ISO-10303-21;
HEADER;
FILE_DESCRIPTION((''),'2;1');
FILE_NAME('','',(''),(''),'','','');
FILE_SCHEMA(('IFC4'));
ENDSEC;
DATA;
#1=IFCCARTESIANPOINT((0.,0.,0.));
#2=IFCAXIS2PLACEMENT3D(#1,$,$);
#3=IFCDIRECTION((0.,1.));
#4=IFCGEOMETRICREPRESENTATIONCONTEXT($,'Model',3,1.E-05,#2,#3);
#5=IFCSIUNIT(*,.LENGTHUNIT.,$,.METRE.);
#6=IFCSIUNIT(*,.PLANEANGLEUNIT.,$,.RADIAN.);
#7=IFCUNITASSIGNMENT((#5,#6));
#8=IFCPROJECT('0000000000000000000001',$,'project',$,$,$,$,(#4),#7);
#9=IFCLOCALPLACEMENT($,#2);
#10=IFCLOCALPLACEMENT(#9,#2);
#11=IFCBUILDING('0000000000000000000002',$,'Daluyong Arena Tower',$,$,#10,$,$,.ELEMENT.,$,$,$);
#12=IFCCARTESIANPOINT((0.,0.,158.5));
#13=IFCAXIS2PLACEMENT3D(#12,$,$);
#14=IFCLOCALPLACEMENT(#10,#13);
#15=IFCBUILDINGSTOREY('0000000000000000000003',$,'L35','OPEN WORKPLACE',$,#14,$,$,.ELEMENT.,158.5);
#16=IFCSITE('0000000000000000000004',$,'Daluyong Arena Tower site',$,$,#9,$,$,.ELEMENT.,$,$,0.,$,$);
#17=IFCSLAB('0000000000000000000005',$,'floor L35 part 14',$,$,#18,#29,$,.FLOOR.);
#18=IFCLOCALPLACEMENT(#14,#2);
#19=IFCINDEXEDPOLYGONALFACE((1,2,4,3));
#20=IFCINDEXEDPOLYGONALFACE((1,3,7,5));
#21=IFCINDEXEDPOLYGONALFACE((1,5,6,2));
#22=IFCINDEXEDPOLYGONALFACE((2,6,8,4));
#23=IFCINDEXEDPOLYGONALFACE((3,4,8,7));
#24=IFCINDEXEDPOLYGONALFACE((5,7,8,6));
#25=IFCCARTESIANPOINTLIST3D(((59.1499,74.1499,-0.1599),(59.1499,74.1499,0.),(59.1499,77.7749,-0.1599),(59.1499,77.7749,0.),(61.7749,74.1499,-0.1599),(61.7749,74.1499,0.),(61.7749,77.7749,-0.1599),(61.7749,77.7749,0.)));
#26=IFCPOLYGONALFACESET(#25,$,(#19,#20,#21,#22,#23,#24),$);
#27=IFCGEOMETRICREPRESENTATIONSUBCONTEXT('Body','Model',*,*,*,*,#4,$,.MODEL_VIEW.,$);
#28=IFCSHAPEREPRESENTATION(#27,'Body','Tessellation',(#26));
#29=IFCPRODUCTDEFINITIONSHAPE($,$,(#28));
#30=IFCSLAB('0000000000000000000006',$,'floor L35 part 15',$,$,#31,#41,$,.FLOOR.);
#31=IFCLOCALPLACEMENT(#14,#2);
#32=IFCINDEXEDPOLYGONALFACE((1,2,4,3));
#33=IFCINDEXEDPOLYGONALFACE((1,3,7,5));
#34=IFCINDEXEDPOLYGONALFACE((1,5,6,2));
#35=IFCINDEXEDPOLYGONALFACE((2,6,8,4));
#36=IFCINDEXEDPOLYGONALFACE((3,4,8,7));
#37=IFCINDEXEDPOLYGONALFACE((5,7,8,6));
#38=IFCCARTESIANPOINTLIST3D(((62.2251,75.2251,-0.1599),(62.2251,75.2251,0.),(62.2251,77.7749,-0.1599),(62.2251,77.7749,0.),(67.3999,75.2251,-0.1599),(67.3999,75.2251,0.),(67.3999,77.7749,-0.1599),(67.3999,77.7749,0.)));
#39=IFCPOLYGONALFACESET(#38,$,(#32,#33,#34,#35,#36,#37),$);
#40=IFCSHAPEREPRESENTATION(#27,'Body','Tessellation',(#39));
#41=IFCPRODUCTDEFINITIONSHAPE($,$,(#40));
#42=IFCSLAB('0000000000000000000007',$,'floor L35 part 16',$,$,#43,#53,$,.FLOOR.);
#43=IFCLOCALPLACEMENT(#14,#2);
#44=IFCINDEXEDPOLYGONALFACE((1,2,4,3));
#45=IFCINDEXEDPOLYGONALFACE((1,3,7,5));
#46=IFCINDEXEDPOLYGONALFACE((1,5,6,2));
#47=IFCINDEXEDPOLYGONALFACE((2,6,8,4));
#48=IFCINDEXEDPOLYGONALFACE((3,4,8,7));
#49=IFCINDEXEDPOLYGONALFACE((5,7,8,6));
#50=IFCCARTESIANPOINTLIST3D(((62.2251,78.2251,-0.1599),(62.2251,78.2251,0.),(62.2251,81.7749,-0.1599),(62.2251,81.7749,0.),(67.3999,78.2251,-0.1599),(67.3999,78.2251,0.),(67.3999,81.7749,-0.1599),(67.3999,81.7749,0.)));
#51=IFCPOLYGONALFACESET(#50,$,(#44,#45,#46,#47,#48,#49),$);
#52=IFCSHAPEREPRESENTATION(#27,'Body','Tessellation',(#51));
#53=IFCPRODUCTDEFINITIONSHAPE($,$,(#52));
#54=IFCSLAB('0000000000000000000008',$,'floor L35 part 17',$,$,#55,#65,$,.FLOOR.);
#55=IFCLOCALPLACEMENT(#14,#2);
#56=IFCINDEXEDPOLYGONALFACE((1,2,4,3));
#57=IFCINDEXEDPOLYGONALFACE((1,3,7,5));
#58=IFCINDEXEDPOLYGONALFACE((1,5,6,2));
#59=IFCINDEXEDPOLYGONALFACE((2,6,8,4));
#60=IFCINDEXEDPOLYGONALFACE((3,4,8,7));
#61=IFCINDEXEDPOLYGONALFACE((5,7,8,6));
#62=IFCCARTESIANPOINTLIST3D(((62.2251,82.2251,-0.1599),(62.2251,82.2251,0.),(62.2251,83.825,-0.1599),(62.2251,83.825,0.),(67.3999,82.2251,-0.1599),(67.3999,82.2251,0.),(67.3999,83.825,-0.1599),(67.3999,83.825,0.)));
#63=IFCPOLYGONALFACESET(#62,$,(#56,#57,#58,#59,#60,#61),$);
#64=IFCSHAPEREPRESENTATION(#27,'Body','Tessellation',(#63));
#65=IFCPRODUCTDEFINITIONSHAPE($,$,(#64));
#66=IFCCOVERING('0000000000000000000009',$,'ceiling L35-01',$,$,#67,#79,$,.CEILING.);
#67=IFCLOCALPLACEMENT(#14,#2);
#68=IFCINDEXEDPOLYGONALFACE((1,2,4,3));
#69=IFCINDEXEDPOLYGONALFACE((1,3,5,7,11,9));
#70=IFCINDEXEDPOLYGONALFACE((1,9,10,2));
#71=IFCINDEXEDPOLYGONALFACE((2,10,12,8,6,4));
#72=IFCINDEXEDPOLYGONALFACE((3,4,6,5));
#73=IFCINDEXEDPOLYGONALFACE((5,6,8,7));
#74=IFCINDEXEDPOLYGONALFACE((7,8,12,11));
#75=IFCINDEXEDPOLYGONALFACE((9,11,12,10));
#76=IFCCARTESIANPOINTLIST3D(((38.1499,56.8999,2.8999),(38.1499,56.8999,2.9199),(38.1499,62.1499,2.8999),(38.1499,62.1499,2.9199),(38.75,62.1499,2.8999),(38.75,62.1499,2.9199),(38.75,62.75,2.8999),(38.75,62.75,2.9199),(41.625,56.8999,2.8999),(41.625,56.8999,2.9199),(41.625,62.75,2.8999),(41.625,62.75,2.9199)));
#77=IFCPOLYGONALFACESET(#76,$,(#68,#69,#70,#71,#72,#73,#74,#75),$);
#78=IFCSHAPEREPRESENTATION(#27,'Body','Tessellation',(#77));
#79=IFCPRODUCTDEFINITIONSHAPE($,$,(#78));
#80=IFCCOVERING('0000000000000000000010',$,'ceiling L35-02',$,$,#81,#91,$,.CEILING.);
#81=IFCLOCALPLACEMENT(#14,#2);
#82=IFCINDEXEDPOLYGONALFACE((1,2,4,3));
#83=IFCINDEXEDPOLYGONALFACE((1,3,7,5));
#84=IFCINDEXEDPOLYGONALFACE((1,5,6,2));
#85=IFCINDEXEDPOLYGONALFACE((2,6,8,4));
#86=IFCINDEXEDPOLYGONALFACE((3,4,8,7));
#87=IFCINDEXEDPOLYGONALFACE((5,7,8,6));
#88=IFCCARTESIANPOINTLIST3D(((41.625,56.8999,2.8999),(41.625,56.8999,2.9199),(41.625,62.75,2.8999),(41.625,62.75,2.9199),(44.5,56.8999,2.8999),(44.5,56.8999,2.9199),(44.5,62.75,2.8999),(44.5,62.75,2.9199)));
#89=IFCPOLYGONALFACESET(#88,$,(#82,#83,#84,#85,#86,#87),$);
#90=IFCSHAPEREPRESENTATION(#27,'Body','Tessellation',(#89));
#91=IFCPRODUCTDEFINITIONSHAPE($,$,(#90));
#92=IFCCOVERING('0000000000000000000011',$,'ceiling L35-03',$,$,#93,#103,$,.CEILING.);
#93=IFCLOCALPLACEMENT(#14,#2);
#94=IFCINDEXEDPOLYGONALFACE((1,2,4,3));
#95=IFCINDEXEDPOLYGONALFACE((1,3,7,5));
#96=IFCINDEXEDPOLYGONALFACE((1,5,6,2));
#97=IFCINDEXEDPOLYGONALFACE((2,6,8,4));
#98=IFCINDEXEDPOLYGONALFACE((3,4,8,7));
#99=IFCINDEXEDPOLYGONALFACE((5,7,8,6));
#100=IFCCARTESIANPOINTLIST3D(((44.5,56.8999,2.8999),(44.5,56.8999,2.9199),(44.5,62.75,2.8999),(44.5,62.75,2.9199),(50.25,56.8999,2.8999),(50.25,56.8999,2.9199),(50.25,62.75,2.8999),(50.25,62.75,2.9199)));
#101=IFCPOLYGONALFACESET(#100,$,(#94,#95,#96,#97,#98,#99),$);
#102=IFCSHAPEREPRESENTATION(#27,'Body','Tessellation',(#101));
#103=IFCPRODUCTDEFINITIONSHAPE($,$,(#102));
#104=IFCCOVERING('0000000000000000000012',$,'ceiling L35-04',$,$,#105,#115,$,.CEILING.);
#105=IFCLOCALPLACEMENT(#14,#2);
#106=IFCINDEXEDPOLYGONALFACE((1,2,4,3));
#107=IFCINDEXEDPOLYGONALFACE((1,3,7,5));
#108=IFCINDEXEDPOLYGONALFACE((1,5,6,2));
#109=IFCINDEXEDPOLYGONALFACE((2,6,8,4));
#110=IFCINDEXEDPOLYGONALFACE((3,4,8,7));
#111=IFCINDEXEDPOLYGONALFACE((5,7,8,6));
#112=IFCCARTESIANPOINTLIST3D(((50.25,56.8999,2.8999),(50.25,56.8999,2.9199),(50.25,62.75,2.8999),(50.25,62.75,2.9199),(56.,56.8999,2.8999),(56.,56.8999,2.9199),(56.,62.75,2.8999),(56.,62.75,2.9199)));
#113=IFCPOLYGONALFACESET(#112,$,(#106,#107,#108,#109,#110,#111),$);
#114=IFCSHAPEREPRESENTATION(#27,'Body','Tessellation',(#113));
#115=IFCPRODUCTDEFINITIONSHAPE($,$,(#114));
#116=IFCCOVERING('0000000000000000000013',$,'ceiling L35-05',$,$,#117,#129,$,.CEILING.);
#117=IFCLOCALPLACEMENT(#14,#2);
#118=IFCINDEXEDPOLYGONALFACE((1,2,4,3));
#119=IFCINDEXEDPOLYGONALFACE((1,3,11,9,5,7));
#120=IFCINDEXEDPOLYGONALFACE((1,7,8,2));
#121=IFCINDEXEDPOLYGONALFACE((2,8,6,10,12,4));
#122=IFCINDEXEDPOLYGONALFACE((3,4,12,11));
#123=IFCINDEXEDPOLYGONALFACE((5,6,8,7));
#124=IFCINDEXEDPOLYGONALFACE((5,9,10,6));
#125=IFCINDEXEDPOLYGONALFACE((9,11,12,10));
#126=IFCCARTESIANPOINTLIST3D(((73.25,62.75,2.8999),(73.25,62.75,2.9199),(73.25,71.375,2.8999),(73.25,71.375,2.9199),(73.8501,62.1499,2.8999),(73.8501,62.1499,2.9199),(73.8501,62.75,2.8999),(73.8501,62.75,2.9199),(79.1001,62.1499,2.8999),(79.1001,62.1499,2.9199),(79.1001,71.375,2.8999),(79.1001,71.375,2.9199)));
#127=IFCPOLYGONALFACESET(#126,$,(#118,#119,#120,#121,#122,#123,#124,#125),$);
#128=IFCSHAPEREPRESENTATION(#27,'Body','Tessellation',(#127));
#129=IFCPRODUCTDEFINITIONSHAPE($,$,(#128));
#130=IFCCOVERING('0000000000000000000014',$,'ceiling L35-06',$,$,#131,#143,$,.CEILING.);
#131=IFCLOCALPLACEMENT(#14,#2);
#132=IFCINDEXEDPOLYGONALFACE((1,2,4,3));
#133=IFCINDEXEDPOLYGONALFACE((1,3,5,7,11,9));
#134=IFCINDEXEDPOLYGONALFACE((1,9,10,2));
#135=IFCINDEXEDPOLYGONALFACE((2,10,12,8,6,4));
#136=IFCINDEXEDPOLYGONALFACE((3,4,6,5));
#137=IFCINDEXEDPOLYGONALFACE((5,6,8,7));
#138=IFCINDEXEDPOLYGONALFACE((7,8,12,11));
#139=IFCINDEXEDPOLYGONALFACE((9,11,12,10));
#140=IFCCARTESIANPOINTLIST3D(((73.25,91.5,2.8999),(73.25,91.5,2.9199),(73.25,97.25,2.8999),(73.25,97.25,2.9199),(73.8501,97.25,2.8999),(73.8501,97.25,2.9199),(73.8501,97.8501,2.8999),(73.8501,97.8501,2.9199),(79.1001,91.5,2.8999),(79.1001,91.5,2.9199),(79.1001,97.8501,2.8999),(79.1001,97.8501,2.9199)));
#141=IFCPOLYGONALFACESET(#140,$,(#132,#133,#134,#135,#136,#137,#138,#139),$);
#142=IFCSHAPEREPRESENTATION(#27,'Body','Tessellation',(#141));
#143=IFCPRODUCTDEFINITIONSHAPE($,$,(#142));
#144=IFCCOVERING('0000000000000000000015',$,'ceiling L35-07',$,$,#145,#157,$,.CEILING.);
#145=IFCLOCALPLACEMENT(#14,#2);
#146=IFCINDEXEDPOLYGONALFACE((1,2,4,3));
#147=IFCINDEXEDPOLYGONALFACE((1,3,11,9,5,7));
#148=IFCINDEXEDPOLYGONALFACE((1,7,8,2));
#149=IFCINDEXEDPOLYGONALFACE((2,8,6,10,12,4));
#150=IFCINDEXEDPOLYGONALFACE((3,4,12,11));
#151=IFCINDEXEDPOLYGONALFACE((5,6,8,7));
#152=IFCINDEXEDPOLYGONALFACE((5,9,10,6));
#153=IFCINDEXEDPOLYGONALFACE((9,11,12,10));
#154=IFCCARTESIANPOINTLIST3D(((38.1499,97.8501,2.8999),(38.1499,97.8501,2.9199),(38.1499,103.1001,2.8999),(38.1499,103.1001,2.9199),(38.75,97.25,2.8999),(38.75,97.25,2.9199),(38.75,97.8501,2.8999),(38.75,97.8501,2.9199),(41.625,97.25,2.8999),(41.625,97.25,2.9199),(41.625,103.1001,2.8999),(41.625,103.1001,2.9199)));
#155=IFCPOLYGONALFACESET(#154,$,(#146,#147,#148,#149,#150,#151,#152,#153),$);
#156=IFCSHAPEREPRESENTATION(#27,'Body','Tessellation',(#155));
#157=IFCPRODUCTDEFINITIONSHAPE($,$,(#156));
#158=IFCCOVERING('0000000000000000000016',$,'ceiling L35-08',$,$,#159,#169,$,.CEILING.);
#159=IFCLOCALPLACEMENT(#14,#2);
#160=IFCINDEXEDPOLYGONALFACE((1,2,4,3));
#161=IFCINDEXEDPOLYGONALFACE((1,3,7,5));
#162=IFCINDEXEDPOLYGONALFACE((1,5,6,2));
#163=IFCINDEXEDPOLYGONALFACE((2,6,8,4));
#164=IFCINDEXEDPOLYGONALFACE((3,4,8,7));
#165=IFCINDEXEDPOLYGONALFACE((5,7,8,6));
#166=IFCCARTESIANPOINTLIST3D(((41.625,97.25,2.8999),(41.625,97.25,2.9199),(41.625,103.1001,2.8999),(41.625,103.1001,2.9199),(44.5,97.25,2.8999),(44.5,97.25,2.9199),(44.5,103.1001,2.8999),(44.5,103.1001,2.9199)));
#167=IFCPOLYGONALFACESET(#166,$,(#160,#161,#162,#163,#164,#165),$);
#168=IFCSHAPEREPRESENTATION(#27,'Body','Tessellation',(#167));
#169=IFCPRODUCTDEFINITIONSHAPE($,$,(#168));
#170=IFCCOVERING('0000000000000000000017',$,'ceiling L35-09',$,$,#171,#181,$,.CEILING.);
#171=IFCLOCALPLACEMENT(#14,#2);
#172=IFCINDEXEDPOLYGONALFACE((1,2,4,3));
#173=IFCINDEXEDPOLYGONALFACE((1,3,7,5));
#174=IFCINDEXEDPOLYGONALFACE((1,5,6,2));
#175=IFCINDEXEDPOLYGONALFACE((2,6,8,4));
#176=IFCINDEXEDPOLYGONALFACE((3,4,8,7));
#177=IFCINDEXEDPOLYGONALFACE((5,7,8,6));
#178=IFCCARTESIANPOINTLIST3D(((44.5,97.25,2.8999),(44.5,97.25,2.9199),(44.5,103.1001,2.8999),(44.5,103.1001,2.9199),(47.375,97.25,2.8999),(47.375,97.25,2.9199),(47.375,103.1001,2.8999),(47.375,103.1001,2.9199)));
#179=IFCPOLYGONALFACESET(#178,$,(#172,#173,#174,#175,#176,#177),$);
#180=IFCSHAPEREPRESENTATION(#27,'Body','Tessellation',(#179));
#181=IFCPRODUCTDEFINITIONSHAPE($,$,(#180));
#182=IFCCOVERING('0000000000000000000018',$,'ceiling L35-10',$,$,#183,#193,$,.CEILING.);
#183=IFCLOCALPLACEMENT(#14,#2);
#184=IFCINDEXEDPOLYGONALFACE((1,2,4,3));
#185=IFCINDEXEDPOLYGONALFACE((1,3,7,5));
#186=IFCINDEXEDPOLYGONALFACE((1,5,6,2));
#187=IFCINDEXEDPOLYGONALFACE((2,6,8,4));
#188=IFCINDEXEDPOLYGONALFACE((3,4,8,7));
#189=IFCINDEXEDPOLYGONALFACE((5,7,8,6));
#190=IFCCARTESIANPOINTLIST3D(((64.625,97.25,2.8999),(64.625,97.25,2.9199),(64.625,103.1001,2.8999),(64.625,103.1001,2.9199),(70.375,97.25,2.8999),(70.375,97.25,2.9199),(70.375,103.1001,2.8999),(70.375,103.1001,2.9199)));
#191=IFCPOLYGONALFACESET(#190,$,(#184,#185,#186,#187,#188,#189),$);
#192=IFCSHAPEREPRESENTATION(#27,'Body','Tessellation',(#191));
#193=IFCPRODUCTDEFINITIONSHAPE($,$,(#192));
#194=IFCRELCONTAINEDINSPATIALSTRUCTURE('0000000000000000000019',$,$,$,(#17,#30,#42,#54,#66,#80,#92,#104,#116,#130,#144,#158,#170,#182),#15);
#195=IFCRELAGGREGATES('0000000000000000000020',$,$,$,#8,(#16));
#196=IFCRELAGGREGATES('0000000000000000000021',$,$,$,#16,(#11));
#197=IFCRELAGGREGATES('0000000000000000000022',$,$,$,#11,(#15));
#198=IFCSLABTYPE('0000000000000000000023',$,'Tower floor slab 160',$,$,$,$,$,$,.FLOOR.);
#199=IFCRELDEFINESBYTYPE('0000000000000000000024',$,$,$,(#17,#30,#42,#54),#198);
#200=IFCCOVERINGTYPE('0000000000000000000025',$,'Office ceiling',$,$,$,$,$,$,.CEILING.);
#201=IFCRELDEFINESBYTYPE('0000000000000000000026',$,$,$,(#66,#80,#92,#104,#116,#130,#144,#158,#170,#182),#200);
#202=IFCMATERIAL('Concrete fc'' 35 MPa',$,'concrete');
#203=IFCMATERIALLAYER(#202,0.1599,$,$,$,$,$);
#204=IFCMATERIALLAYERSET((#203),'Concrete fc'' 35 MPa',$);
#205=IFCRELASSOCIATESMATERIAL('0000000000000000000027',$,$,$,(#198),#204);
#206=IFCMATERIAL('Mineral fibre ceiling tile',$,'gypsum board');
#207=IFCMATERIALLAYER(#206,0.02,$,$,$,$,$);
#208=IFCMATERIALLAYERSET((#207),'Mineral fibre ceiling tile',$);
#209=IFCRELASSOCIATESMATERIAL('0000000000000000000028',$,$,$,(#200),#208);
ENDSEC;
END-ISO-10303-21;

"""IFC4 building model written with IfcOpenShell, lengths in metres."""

from ifc_helpers import new_model, si_unit, direction, frame, origin, place, context, subcontext, project, spatial, polyline, outline, extrude, material, layer, layer_set, type_object, element, save


model = new_model("IFC4")

# Units and contexts
model_context = context("Model", 3, precision=1e-05, world=origin(), true_north=direction((0.0, 1.0)))
body_context = subcontext(model_context, "Body", "Model", "MODEL_VIEW")
ifc_project = project(units=[si_unit("LENGTHUNIT", "METRE"), si_unit("PLANEANGLEUNIT", "RADIAN")], contexts=[model_context])

# Site, building, storey
site_placement = place(None, origin())
site = spatial("IfcSite", under=ifc_project, at=site_placement, Name="Daluyong Arena Tower site", CompositionType="ELEMENT", RefElevation=0.0)
building_placement = place(site_placement, origin())
building = spatial("IfcBuilding", under=site, at=building_placement, Name="Daluyong Arena Tower", CompositionType="ELEMENT")
storey_placement = place(building_placement, frame((0.0, 0.0, 158.5)))
storey = spatial("IfcBuildingStorey", under=building, at=storey_placement, Name="L35", Description="OPEN WORKPLACE", CompositionType="ELEMENT", Elevation=158.5)

# Slabs
ifc_material_1 = material(Name="Concrete fc' 35 MPa", Category="concrete")
ifc_layer_1 = layer(ifc_material_1, 0.1599)
ifc_layer_set_1 = layer_set([ifc_layer_1], Name="Concrete fc' 35 MPa")
slab_type = type_object("IfcSlabType", Name="Tower floor slab 160", PredefinedType="FLOOR", material=ifc_layer_set_1)
slab_1_placement = place(storey_placement, frame((0.0, 0.0, -0.1599)))
element("IfcSlab", 1, at=slab_1_placement, inside=storey, type_object=slab_type, Name="floor L35 part 14", PredefinedType="FLOOR", context=body_context, shape_type="SweptSolid", body=[
    extrude(outline(polyline([(59.1499, 77.7749), (59.1499, 74.1499), (61.7749, 74.1499), (61.7749, 77.7749), (59.1499, 77.7749)])), origin(), (0.0, 0.0, 1.0), 0.1599),
])
slab_2_placement = place(storey_placement, frame((0.0, 0.0, -0.1599)))
element("IfcSlab", 2, at=slab_2_placement, inside=storey, type_object=slab_type, Name="floor L35 part 15", PredefinedType="FLOOR", context=body_context, shape_type="SweptSolid", body=[
    extrude(outline(polyline([(62.2251, 75.2251), (67.3999, 75.2251), (67.3999, 77.7749), (62.2251, 77.7749), (62.2251, 75.2251)])), origin(), (0.0, 0.0, 1.0), 0.1599),
])
slab_3_placement = place(storey_placement, frame((0.0, 0.0, -0.1599)))
element("IfcSlab", 3, at=slab_3_placement, inside=storey, type_object=slab_type, Name="floor L35 part 16", PredefinedType="FLOOR", context=body_context, shape_type="SweptSolid", body=[
    extrude(outline(polyline([(62.2251, 78.2251), (67.3999, 78.2251), (67.3999, 81.7749), (62.2251, 81.7749), (62.2251, 78.2251)])), origin(), (0.0, 0.0, 1.0), 0.1599),
])
slab_4_placement = place(storey_placement, frame((0.0, 0.0, -0.1599)))
element("IfcSlab", 4, at=slab_4_placement, inside=storey, type_object=slab_type, Name="floor L35 part 17", PredefinedType="FLOOR", context=body_context, shape_type="SweptSolid", body=[
    extrude(outline(polyline([(62.2251, 82.2251), (67.3999, 82.2251), (67.3999, 83.825), (62.2251, 83.825), (62.2251, 82.2251)])), origin(), (0.0, 0.0, 1.0), 0.1599),
])

# Coverings
ifc_material_2 = material(Name="Mineral fibre ceiling tile", Category="gypsum board")
ifc_layer_2 = layer(ifc_material_2, 0.02)
ifc_layer_set_2 = layer_set([ifc_layer_2], Name="Mineral fibre ceiling tile")
covering_type = type_object("IfcCoveringType", Name="Office ceiling", PredefinedType="CEILING", material=ifc_layer_set_2)
covering_1_placement = place(storey_placement, frame((0.0, 0.0, 2.8999)))
element("IfcCovering", 5, at=covering_1_placement, inside=storey, type_object=covering_type, Name="ceiling L35-01", PredefinedType="CEILING", context=body_context, shape_type="SweptSolid", body=[
    extrude(outline(polyline([(38.1499, 62.1499), (38.1499, 56.8999), (41.625, 56.8999), (41.625, 62.75), (38.75, 62.75), (38.75, 62.1499), (38.1499, 62.1499)])), origin(), (0.0, 0.0, 1.0), 0.02),
])
covering_2_placement = place(storey_placement, frame((0.0, 0.0, 2.8999)))
element("IfcCovering", 6, at=covering_2_placement, inside=storey, type_object=covering_type, Name="ceiling L35-02", PredefinedType="CEILING", context=body_context, shape_type="SweptSolid", body=[
    extrude(outline(polyline([(41.625, 62.75), (41.625, 56.8999), (44.5, 56.8999), (44.5, 62.75), (41.625, 62.75)])), origin(), (0.0, 0.0, 1.0), 0.02),
])
covering_3_placement = place(storey_placement, frame((0.0, 0.0, 2.8999)))
element("IfcCovering", 7, at=covering_3_placement, inside=storey, type_object=covering_type, Name="ceiling L35-03", PredefinedType="CEILING", context=body_context, shape_type="SweptSolid", body=[
    extrude(outline(polyline([(44.5, 62.75), (44.5, 56.8999), (50.25, 56.8999), (50.25, 62.75), (44.5, 62.75)])), origin(), (0.0, 0.0, 1.0), 0.02),
])
covering_4_placement = place(storey_placement, frame((0.0, 0.0, 2.8999)))
element("IfcCovering", 8, at=covering_4_placement, inside=storey, type_object=covering_type, Name="ceiling L35-04", PredefinedType="CEILING", context=body_context, shape_type="SweptSolid", body=[
    extrude(outline(polyline([(50.25, 62.75), (50.25, 56.8999), (56.0, 56.8999), (56.0, 62.75), (50.25, 62.75)])), origin(), (0.0, 0.0, 1.0), 0.02),
])
covering_5_placement = place(storey_placement, frame((0.0, 0.0, 2.8999)))
element("IfcCovering", 9, at=covering_5_placement, inside=storey, type_object=covering_type, Name="ceiling L35-05", PredefinedType="CEILING", context=body_context, shape_type="SweptSolid", body=[
    extrude(outline(polyline([(73.8501, 62.1499), (79.1001, 62.1499), (79.1001, 71.375), (73.25, 71.375), (73.25, 62.75), (73.8501, 62.75), (73.8501, 62.1499)])), origin(), (0.0, 0.0, 1.0), 0.02),
])
covering_6_placement = place(storey_placement, frame((0.0, 0.0, 2.8999)))
element("IfcCovering", 10, at=covering_6_placement, inside=storey, type_object=covering_type, Name="ceiling L35-06", PredefinedType="CEILING", context=body_context, shape_type="SweptSolid", body=[
    extrude(outline(polyline([(73.25, 91.5), (79.1001, 91.5), (79.1001, 97.8501), (73.8501, 97.8501), (73.8501, 97.25), (73.25, 97.25), (73.25, 91.5)])), origin(), (0.0, 0.0, 1.0), 0.02),
])
covering_7_placement = place(storey_placement, frame((0.0, 0.0, 2.8999)))
element("IfcCovering", 11, at=covering_7_placement, inside=storey, type_object=covering_type, Name="ceiling L35-07", PredefinedType="CEILING", context=body_context, shape_type="SweptSolid", body=[
    extrude(outline(polyline([(41.625, 97.25), (41.625, 103.1001), (38.1499, 103.1001), (38.1499, 97.8501), (38.75, 97.8501), (38.75, 97.25), (41.625, 97.25)])), origin(), (0.0, 0.0, 1.0), 0.02),
])
covering_8_placement = place(storey_placement, frame((0.0, 0.0, 2.8999)))
element("IfcCovering", 12, at=covering_8_placement, inside=storey, type_object=covering_type, Name="ceiling L35-08", PredefinedType="CEILING", context=body_context, shape_type="SweptSolid", body=[
    extrude(outline(polyline([(44.5, 97.25), (44.5, 103.1001), (41.625, 103.1001), (41.625, 97.25), (44.5, 97.25)])), origin(), (0.0, 0.0, 1.0), 0.02),
])
covering_9_placement = place(storey_placement, frame((0.0, 0.0, 2.8999)))
element("IfcCovering", 13, at=covering_9_placement, inside=storey, type_object=covering_type, Name="ceiling L35-09", PredefinedType="CEILING", context=body_context, shape_type="SweptSolid", body=[
    extrude(outline(polyline([(47.375, 97.25), (47.375, 103.1001), (44.5, 103.1001), (44.5, 97.25), (47.375, 97.25)])), origin(), (0.0, 0.0, 1.0), 0.02),
])
covering_10_placement = place(storey_placement, frame((0.0, 0.0, 2.8999)))
element("IfcCovering", 14, at=covering_10_placement, inside=storey, type_object=covering_type, Name="ceiling L35-10", PredefinedType="CEILING", context=body_context, shape_type="SweptSolid", body=[
    extrude(outline(polyline([(70.375, 97.25), (70.375, 103.1001), (64.625, 103.1001), (64.625, 97.25), (70.375, 97.25)])), origin(), (0.0, 0.0, 1.0), 0.02),
])

save(model, "model.ifc")
